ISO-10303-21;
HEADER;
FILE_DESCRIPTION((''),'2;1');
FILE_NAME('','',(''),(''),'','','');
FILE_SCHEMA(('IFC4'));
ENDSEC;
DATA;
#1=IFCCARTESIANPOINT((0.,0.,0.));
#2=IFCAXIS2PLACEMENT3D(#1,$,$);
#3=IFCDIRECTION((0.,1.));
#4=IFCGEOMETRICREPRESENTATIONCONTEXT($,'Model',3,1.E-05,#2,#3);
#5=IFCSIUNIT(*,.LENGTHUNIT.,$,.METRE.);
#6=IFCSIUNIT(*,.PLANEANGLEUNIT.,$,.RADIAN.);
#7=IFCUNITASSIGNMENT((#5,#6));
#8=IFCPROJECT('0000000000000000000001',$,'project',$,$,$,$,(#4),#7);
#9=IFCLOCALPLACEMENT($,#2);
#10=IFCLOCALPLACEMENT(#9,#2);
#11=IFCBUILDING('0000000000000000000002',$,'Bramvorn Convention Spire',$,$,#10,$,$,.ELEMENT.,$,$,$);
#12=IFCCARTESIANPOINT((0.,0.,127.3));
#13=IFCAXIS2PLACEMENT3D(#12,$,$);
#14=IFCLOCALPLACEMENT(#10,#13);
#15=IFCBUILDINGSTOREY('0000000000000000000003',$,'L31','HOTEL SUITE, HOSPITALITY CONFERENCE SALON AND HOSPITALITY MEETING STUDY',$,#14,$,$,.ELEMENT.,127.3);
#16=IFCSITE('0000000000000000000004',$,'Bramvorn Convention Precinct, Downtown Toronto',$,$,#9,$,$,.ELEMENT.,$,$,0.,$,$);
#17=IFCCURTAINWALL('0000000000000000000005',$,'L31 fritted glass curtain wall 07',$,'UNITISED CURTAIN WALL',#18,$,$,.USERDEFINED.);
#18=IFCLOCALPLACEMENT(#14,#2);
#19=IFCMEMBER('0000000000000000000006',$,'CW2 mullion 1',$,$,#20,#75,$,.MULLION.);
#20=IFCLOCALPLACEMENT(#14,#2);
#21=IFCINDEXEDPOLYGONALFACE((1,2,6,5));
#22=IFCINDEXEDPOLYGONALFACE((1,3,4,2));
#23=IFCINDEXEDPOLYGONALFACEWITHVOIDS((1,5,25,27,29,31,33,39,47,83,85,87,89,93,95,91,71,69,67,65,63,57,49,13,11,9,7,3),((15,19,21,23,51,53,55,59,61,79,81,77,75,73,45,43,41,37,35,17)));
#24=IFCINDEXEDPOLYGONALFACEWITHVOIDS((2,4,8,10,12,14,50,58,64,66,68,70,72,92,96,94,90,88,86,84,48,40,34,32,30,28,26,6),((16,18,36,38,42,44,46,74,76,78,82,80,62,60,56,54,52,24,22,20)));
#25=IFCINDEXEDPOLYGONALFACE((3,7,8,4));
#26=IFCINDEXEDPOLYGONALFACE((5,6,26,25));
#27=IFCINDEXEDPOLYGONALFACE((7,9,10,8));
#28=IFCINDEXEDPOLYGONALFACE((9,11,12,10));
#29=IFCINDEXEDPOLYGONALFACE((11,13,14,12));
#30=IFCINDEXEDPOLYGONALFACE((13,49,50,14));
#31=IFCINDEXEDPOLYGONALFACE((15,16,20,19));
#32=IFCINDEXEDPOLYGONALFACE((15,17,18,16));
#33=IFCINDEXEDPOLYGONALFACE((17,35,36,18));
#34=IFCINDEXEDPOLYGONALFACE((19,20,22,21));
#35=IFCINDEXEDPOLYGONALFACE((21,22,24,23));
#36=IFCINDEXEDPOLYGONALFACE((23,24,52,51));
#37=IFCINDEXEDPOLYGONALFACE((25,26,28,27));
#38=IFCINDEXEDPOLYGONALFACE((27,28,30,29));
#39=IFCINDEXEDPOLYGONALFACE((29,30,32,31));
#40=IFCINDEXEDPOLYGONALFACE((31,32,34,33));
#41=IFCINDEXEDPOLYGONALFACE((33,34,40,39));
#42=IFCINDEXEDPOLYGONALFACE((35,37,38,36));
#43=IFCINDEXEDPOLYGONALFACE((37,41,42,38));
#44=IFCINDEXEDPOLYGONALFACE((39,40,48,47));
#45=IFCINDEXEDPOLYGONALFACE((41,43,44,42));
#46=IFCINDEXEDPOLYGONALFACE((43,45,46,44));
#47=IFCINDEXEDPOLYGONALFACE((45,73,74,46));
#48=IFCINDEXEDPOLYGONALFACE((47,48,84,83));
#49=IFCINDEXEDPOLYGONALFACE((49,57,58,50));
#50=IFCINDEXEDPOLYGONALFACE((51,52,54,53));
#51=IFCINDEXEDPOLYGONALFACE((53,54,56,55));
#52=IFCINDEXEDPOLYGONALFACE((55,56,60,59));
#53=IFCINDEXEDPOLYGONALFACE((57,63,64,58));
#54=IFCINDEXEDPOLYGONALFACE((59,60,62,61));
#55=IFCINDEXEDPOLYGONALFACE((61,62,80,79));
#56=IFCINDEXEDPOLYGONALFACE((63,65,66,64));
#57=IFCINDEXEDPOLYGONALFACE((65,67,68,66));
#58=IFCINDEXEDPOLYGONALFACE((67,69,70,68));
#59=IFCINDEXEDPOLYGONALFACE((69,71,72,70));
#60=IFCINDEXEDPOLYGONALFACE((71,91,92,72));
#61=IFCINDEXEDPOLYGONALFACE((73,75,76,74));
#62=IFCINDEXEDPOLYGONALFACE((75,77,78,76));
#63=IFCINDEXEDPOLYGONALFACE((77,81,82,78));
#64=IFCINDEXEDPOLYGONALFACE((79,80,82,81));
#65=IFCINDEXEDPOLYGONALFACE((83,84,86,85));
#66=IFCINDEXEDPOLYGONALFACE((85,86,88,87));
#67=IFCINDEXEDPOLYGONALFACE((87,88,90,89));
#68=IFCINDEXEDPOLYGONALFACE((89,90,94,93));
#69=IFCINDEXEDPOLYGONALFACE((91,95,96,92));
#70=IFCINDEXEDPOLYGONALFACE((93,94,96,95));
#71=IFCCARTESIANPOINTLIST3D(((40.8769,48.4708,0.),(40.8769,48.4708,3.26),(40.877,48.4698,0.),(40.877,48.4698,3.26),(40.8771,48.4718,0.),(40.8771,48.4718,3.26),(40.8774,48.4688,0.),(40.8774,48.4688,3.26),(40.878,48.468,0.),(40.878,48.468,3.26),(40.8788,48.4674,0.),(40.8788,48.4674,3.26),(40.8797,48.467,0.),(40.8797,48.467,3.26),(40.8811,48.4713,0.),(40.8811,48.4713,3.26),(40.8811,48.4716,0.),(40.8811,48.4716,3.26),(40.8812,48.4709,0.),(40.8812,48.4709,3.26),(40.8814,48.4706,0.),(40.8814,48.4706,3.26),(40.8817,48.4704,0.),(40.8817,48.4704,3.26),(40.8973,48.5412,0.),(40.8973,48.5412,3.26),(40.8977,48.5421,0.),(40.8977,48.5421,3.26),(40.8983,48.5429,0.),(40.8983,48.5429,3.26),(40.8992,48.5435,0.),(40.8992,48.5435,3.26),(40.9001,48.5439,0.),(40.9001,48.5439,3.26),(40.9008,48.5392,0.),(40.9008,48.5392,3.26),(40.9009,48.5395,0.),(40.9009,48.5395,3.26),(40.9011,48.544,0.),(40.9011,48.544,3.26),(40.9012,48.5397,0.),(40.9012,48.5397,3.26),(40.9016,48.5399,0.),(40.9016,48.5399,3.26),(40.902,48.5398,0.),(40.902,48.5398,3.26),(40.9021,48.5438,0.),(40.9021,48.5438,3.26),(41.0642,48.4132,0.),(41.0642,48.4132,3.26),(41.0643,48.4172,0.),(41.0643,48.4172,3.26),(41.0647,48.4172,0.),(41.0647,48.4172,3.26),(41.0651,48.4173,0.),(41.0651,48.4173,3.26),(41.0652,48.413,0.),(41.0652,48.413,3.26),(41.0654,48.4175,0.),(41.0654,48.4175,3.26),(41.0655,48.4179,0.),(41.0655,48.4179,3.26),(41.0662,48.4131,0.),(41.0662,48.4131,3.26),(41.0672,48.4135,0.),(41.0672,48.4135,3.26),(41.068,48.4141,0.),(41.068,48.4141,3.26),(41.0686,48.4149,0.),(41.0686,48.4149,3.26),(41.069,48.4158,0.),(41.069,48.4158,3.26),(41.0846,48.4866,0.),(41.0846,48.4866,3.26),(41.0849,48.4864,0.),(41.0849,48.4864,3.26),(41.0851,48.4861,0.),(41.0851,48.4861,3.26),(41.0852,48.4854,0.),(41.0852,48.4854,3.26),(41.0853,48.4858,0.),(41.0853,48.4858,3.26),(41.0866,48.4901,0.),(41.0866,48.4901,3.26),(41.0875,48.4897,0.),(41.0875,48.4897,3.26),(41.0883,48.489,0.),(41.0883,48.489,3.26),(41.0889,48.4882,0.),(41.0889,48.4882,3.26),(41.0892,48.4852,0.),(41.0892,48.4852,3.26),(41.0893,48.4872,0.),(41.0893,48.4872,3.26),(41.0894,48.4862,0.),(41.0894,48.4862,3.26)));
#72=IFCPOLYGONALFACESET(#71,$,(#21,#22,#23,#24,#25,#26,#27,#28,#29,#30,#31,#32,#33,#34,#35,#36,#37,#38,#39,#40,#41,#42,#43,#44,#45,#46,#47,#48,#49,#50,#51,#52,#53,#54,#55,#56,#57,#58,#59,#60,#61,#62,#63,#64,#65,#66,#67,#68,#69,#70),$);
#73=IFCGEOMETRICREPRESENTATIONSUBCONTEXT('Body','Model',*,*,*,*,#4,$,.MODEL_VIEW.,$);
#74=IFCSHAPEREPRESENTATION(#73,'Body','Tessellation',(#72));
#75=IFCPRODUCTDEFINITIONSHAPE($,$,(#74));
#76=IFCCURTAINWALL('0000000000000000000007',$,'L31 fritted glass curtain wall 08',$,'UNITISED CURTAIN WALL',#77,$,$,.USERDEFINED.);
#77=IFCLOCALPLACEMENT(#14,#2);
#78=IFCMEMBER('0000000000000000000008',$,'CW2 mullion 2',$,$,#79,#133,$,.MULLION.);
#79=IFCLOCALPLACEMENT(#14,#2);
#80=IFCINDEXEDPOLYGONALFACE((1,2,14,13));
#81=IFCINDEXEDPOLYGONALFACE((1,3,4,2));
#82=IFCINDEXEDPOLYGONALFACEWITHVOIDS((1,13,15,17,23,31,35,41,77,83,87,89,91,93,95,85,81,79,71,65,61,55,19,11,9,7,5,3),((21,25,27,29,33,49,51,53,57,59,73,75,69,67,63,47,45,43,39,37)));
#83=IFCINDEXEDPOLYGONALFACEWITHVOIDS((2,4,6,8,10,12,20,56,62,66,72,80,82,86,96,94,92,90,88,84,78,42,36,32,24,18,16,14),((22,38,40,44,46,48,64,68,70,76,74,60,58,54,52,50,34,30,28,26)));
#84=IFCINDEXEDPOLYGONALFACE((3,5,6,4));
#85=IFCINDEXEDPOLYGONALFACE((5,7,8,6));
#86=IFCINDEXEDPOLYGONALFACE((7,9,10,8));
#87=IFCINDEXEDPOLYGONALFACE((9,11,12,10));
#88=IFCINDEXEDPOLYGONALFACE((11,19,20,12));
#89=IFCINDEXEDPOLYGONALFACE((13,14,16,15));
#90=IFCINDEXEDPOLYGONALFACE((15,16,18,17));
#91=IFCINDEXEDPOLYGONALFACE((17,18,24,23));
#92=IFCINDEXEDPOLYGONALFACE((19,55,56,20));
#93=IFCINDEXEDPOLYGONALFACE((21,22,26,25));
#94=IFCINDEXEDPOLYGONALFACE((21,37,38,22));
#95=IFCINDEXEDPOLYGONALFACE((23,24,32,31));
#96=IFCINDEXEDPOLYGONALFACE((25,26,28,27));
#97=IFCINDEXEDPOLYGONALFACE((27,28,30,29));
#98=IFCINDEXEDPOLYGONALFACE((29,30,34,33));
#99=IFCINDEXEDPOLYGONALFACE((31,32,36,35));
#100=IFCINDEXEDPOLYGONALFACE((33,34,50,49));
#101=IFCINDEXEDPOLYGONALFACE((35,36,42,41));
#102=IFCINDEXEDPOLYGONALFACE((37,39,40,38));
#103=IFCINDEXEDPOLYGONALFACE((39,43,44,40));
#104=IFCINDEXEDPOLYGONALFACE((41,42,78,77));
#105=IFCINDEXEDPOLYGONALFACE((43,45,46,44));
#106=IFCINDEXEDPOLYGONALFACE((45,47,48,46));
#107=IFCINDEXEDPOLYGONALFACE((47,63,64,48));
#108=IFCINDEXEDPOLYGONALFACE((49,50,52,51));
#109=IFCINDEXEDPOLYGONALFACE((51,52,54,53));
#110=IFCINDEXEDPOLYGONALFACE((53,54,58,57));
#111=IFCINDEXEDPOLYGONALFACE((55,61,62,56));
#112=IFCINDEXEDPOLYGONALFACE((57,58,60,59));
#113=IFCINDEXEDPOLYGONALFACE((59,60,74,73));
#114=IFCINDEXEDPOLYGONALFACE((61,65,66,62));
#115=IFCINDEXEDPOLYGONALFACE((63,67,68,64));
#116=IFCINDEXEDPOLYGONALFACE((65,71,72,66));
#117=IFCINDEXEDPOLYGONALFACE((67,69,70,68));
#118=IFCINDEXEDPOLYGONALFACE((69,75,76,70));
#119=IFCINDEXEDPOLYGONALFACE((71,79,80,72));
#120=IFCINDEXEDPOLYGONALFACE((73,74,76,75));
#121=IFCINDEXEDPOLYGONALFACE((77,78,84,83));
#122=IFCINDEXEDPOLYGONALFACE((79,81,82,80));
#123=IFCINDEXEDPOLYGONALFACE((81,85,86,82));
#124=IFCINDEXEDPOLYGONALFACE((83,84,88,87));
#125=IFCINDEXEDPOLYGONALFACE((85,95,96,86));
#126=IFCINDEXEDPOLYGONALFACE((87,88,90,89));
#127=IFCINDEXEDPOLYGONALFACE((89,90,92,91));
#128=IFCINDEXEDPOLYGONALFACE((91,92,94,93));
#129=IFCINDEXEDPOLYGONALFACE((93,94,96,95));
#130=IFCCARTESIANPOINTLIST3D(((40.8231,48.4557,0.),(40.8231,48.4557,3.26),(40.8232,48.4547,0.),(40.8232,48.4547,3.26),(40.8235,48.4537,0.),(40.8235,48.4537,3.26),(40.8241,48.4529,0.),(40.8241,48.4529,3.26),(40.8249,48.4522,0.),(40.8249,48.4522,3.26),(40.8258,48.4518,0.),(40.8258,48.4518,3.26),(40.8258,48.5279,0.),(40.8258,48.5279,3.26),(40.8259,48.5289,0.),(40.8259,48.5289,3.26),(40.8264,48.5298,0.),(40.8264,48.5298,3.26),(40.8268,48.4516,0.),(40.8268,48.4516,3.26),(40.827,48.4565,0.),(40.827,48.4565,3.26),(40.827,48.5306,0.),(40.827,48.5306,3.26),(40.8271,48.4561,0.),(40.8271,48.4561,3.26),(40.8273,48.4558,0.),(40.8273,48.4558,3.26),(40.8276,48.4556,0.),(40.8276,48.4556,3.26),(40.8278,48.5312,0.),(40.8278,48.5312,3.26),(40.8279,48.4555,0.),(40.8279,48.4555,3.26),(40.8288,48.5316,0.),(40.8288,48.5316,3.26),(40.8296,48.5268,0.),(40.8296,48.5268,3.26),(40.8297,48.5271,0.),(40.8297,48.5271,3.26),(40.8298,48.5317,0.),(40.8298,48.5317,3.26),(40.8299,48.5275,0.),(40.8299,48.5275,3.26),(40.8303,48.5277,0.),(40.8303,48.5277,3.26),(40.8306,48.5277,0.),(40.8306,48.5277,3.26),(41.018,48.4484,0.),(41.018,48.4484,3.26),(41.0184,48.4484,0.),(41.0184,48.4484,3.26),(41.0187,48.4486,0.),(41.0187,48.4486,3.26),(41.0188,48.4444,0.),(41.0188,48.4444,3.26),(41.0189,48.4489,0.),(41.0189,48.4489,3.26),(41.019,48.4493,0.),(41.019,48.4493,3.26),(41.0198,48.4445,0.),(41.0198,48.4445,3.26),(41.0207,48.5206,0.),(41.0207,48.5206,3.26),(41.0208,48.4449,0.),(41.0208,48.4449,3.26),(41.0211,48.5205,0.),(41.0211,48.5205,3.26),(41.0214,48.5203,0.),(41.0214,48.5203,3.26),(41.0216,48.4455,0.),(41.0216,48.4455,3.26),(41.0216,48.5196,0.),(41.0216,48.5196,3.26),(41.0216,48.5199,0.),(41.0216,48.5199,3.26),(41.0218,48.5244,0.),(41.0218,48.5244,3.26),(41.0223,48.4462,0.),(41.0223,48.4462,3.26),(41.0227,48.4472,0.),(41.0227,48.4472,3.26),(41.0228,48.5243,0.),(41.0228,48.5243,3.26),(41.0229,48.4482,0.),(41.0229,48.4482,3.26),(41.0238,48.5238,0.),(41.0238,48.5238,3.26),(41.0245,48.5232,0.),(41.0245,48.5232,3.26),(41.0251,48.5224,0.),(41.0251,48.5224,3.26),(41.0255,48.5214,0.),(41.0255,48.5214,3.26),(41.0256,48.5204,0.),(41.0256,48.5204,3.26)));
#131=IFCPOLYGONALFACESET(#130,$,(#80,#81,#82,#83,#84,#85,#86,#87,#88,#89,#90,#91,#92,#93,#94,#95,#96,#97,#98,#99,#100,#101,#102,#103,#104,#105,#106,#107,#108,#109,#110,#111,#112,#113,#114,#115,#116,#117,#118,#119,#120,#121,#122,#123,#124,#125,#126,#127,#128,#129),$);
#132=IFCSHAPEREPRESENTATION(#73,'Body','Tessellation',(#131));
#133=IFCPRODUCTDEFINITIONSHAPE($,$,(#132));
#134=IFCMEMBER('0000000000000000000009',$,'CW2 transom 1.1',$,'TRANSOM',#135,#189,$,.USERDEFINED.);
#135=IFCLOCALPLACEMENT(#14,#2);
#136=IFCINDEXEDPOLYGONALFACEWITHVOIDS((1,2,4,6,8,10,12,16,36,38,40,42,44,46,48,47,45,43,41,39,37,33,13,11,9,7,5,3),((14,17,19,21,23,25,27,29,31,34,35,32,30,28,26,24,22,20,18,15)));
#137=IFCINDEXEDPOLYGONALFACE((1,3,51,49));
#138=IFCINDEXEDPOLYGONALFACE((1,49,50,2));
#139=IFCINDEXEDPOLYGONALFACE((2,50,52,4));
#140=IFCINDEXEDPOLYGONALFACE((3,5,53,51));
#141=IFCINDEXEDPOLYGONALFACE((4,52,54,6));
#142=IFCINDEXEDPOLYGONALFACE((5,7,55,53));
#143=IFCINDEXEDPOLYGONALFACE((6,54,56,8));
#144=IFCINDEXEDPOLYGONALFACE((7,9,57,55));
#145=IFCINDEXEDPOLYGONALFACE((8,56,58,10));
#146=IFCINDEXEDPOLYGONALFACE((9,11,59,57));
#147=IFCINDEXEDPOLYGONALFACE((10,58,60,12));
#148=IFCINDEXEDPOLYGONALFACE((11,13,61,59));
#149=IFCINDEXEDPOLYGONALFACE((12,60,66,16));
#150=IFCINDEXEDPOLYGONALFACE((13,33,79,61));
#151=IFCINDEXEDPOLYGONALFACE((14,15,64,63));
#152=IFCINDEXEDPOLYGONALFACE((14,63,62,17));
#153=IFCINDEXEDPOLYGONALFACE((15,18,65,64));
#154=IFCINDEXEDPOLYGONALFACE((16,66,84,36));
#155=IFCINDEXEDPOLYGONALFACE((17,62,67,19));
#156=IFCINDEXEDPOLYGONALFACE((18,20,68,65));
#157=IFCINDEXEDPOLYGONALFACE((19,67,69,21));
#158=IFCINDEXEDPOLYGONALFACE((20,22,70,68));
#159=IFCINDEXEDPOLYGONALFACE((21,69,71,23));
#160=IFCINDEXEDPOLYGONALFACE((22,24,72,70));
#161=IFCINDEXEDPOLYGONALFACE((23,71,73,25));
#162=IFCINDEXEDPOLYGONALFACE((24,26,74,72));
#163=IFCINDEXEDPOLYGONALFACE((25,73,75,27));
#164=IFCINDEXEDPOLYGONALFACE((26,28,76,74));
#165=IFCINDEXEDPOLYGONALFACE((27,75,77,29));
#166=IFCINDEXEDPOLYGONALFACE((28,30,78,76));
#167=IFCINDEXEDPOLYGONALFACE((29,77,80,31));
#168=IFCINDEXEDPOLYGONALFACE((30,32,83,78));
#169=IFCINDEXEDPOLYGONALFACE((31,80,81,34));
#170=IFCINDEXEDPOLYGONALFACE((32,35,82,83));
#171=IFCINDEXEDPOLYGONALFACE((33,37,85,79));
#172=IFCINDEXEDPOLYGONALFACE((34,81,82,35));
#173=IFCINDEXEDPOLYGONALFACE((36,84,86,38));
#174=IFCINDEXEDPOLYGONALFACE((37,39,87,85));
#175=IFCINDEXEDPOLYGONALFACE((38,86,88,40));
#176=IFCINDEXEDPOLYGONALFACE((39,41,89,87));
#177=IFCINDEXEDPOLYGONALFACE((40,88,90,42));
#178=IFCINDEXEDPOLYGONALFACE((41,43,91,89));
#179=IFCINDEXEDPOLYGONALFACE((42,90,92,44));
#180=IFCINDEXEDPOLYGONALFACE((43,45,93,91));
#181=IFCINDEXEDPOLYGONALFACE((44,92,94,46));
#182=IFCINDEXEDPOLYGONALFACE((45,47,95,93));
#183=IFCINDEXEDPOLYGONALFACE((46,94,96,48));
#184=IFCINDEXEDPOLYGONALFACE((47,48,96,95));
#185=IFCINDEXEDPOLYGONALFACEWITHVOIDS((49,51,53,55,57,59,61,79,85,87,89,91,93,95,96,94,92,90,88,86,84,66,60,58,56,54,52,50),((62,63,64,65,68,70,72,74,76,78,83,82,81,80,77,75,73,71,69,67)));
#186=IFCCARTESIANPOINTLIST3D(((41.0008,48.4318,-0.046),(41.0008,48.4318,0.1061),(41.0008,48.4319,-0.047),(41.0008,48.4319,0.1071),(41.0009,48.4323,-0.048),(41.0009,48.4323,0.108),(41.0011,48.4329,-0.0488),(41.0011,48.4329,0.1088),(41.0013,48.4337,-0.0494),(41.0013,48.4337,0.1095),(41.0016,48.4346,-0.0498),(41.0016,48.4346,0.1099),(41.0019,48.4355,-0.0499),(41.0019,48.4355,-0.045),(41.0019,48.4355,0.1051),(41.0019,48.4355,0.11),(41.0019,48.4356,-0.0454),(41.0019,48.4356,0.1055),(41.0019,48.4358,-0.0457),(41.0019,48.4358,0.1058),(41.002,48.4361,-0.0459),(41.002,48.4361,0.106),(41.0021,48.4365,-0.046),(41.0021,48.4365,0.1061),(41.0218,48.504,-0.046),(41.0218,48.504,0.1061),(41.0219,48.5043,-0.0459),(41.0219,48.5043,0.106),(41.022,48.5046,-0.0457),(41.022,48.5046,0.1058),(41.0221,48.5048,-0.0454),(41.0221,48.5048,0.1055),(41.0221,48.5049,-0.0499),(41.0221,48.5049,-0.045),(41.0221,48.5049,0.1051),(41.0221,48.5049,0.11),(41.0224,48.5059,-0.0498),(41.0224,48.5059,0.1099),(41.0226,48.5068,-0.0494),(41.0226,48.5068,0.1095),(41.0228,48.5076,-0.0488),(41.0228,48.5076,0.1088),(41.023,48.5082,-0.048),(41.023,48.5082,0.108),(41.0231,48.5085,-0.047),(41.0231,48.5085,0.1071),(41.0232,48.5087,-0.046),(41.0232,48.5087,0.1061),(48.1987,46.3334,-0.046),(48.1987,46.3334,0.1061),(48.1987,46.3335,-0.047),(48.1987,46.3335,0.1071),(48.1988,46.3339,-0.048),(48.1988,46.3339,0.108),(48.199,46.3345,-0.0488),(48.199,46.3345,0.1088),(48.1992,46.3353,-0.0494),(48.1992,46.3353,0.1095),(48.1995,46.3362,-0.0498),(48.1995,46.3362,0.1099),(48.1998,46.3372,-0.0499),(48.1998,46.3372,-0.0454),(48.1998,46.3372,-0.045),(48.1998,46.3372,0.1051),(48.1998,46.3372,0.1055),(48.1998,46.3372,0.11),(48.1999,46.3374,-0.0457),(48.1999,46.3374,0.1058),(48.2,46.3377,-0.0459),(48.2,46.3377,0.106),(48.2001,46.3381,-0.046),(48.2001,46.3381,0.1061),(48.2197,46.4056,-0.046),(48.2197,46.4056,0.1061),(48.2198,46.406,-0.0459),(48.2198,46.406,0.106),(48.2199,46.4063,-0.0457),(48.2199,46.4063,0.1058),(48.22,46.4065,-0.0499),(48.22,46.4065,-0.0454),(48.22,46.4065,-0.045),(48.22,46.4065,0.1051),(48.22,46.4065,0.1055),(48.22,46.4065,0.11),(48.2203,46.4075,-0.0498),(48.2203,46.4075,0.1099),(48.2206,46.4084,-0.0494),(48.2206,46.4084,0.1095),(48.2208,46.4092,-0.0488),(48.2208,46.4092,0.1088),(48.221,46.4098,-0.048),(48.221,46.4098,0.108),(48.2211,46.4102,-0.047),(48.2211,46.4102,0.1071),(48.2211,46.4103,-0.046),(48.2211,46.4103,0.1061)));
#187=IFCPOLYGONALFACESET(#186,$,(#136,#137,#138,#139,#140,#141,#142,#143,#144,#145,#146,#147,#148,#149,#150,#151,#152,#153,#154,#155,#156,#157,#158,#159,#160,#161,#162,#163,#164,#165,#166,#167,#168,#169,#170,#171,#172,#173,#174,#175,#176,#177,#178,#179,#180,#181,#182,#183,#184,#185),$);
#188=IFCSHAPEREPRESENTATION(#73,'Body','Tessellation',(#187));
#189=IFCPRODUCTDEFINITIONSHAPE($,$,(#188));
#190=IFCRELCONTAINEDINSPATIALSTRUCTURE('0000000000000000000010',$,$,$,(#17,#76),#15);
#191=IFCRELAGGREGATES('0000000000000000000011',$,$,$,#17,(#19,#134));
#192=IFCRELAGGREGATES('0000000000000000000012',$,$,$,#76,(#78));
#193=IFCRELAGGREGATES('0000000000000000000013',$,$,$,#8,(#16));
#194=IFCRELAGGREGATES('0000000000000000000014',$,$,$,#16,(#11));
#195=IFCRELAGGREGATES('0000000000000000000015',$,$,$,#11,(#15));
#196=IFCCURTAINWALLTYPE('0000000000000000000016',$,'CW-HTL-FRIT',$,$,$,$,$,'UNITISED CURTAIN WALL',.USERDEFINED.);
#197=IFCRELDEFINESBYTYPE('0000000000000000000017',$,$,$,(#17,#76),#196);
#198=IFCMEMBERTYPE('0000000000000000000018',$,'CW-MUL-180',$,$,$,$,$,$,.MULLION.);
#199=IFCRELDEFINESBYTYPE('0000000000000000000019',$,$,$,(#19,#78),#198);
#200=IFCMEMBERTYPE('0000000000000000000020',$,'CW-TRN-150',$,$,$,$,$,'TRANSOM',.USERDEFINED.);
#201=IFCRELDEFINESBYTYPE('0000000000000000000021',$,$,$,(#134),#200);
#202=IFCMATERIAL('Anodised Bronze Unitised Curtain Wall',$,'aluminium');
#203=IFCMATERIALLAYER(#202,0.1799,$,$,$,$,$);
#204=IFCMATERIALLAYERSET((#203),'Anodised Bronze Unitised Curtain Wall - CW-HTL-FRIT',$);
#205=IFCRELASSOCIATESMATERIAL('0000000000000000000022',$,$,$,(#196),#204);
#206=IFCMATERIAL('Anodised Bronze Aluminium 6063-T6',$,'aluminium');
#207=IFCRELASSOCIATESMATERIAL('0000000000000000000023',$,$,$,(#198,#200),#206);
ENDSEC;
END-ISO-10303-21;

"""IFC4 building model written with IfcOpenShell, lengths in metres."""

from ifc_helpers import new_model, si_unit, direction, frame, origin, origin_2d, place, context, subcontext, project, spatial, hollow_rectangle, extrude, material, layer, layer_set, material_profile, profile_set, type_object, element, aggregate, save


model = new_model("IFC4")

# Units and contexts
model_context = context("Model", 3, precision=1e-05, world=origin(), true_north=direction((0.0, 1.0)))
body_context = subcontext(model_context, "Body", "Model", "MODEL_VIEW")
ifc_project = project(units=[si_unit("LENGTHUNIT", "METRE"), si_unit("PLANEANGLEUNIT", "RADIAN")], contexts=[model_context])

# Site, building, storey
site_placement = place(None, origin())
site = spatial("IfcSite", under=ifc_project, at=site_placement, Name="Bramvorn Convention Precinct, Downtown Toronto", CompositionType="ELEMENT", RefElevation=0.0)
building_placement = place(site_placement, origin())
building = spatial("IfcBuilding", under=site, at=building_placement, Name="Bramvorn Convention Spire", CompositionType="ELEMENT")
storey_placement = place(building_placement, frame((0.0, 0.0, 127.3)))
storey = spatial("IfcBuildingStorey", under=building, at=storey_placement, Name="L31", Description="HOTEL SUITE, HOSPITALITY CONFERENCE SALON AND HOSPITALITY MEETING STUDY", CompositionType="ELEMENT", Elevation=127.3)

# Curtain walls, members
ifc_material_1 = material(Name="Anodised Bronze Unitised Curtain Wall", Category="aluminium")
ifc_layer_1 = layer(ifc_material_1, 0.1799)
ifc_layer_set_1 = layer_set([ifc_layer_1], Name="Anodised Bronze Unitised Curtain Wall - CW-HTL-FRIT")
curtain_wall_type = type_object("IfcCurtainWallType", Name="CW-HTL-FRIT", ElementType="UNITISED CURTAIN WALL", PredefinedType="USERDEFINED", material=ifc_layer_set_1)
curtain_wall_1_placement = place(storey_placement, origin())
curtain_wall_1 = element("IfcCurtainWall", 1, at=curtain_wall_1_placement, inside=storey, type_object=curtain_wall_type, Name="L31 fritted glass curtain wall 07", ObjectType="UNITISED CURTAIN WALL", PredefinedType="USERDEFINED")
ifc_material_2 = material(Name="Anodised Bronze Aluminium 6063-T6", Category="aluminium")
ifc_material_profile_1 = material_profile(ifc_material_2, hollow_rectangle(XDim=0.0801, YDim=0.2, WallThickness=0.0039, InnerFilletRadius=0.001, OuterFilletRadius=0.0039, at=origin_2d()))
ifc_profile_set_1 = profile_set([ifc_material_profile_1], Name="Anodised Bronze Aluminium 6063-T6 - CWM80X200")
member_type_1 = type_object("IfcMemberType", Name="CW-MUL-180", PredefinedType="MULLION", material=ifc_profile_set_1)
member_1_placement = place(storey_placement, frame((40.9832, 48.4785, 0.0), z_axis=(0.0, 0.0, 1.0), x_axis=(0.279856, 0.960042, 0.0)))
member_1 = element("IfcMember", 2, at=member_1_placement, type_object=member_type_1, Name="CW2 mullion 1", PredefinedType="MULLION", context=body_context, shape_type="SweptSolid", body=[
    extrude(hollow_rectangle(XDim=0.0801, YDim=0.2, WallThickness=0.0039, InnerFilletRadius=0.001, OuterFilletRadius=0.0039, at=origin_2d()), origin(), (0.0, 0.0, 1.0), 3.26),
])
curtain_wall_2_placement = place(storey_placement, origin())
curtain_wall_2 = element("IfcCurtainWall", 3, at=curtain_wall_2_placement, inside=storey, type_object=curtain_wall_type, Name="L31 fritted glass curtain wall 08", ObjectType="UNITISED CURTAIN WALL", PredefinedType="USERDEFINED")
member_2_placement = place(storey_placement, frame((40.9243, 48.488, 0.0), z_axis=(0.0, 0.0, 1.0), x_axis=(0.03752, 0.999296, 0.0)))
member_2 = element("IfcMember", 4, at=member_2_placement, type_object=member_type_1, Name="CW2 mullion 2", PredefinedType="MULLION", context=body_context, shape_type="SweptSolid", body=[
    extrude(hollow_rectangle(XDim=0.0801, YDim=0.2, WallThickness=0.0039, InnerFilletRadius=0.001, OuterFilletRadius=0.0039, at=origin_2d()), origin(), (0.0, 0.0, 1.0), 3.26),
])

# Member
ifc_material_profile_2 = material_profile(ifc_material_2, hollow_rectangle(XDim=0.0801, YDim=0.1599, WallThickness=0.0039, InnerFilletRadius=0.001, OuterFilletRadius=0.0039, at=origin_2d()))
ifc_profile_set_2 = profile_set([ifc_material_profile_2], Name="Anodised Bronze Aluminium 6063-T6 - CWT80X160")
member_type_2 = type_object("IfcMemberType", Name="CW-TRN-150", ElementType="TRANSOM", PredefinedType="USERDEFINED", material=ifc_profile_set_2)
member_3_placement = place(storey_placement, frame((41.012, 48.4702, 0.03), z_axis=(0.960037, -0.279874, 0.0), x_axis=(0.279874, 0.960037, 0.0)))
member_3 = element("IfcMember", 5, at=member_3_placement, type_object=member_type_2, Name="CW2 transom 1.1", ObjectType="TRANSOM", PredefinedType="USERDEFINED", context=body_context, shape_type="SweptSolid", body=[
    extrude(hollow_rectangle(XDim=0.0801, YDim=0.1599, WallThickness=0.0039, InnerFilletRadius=0.001, OuterFilletRadius=0.0039, at=origin_2d()), origin(), (0.0, 0.0, 1.0), 7.4976),
])

aggregate(curtain_wall_1, [member_1, member_3])
aggregate(curtain_wall_2, [member_2])

save(model, "model.ifc")
